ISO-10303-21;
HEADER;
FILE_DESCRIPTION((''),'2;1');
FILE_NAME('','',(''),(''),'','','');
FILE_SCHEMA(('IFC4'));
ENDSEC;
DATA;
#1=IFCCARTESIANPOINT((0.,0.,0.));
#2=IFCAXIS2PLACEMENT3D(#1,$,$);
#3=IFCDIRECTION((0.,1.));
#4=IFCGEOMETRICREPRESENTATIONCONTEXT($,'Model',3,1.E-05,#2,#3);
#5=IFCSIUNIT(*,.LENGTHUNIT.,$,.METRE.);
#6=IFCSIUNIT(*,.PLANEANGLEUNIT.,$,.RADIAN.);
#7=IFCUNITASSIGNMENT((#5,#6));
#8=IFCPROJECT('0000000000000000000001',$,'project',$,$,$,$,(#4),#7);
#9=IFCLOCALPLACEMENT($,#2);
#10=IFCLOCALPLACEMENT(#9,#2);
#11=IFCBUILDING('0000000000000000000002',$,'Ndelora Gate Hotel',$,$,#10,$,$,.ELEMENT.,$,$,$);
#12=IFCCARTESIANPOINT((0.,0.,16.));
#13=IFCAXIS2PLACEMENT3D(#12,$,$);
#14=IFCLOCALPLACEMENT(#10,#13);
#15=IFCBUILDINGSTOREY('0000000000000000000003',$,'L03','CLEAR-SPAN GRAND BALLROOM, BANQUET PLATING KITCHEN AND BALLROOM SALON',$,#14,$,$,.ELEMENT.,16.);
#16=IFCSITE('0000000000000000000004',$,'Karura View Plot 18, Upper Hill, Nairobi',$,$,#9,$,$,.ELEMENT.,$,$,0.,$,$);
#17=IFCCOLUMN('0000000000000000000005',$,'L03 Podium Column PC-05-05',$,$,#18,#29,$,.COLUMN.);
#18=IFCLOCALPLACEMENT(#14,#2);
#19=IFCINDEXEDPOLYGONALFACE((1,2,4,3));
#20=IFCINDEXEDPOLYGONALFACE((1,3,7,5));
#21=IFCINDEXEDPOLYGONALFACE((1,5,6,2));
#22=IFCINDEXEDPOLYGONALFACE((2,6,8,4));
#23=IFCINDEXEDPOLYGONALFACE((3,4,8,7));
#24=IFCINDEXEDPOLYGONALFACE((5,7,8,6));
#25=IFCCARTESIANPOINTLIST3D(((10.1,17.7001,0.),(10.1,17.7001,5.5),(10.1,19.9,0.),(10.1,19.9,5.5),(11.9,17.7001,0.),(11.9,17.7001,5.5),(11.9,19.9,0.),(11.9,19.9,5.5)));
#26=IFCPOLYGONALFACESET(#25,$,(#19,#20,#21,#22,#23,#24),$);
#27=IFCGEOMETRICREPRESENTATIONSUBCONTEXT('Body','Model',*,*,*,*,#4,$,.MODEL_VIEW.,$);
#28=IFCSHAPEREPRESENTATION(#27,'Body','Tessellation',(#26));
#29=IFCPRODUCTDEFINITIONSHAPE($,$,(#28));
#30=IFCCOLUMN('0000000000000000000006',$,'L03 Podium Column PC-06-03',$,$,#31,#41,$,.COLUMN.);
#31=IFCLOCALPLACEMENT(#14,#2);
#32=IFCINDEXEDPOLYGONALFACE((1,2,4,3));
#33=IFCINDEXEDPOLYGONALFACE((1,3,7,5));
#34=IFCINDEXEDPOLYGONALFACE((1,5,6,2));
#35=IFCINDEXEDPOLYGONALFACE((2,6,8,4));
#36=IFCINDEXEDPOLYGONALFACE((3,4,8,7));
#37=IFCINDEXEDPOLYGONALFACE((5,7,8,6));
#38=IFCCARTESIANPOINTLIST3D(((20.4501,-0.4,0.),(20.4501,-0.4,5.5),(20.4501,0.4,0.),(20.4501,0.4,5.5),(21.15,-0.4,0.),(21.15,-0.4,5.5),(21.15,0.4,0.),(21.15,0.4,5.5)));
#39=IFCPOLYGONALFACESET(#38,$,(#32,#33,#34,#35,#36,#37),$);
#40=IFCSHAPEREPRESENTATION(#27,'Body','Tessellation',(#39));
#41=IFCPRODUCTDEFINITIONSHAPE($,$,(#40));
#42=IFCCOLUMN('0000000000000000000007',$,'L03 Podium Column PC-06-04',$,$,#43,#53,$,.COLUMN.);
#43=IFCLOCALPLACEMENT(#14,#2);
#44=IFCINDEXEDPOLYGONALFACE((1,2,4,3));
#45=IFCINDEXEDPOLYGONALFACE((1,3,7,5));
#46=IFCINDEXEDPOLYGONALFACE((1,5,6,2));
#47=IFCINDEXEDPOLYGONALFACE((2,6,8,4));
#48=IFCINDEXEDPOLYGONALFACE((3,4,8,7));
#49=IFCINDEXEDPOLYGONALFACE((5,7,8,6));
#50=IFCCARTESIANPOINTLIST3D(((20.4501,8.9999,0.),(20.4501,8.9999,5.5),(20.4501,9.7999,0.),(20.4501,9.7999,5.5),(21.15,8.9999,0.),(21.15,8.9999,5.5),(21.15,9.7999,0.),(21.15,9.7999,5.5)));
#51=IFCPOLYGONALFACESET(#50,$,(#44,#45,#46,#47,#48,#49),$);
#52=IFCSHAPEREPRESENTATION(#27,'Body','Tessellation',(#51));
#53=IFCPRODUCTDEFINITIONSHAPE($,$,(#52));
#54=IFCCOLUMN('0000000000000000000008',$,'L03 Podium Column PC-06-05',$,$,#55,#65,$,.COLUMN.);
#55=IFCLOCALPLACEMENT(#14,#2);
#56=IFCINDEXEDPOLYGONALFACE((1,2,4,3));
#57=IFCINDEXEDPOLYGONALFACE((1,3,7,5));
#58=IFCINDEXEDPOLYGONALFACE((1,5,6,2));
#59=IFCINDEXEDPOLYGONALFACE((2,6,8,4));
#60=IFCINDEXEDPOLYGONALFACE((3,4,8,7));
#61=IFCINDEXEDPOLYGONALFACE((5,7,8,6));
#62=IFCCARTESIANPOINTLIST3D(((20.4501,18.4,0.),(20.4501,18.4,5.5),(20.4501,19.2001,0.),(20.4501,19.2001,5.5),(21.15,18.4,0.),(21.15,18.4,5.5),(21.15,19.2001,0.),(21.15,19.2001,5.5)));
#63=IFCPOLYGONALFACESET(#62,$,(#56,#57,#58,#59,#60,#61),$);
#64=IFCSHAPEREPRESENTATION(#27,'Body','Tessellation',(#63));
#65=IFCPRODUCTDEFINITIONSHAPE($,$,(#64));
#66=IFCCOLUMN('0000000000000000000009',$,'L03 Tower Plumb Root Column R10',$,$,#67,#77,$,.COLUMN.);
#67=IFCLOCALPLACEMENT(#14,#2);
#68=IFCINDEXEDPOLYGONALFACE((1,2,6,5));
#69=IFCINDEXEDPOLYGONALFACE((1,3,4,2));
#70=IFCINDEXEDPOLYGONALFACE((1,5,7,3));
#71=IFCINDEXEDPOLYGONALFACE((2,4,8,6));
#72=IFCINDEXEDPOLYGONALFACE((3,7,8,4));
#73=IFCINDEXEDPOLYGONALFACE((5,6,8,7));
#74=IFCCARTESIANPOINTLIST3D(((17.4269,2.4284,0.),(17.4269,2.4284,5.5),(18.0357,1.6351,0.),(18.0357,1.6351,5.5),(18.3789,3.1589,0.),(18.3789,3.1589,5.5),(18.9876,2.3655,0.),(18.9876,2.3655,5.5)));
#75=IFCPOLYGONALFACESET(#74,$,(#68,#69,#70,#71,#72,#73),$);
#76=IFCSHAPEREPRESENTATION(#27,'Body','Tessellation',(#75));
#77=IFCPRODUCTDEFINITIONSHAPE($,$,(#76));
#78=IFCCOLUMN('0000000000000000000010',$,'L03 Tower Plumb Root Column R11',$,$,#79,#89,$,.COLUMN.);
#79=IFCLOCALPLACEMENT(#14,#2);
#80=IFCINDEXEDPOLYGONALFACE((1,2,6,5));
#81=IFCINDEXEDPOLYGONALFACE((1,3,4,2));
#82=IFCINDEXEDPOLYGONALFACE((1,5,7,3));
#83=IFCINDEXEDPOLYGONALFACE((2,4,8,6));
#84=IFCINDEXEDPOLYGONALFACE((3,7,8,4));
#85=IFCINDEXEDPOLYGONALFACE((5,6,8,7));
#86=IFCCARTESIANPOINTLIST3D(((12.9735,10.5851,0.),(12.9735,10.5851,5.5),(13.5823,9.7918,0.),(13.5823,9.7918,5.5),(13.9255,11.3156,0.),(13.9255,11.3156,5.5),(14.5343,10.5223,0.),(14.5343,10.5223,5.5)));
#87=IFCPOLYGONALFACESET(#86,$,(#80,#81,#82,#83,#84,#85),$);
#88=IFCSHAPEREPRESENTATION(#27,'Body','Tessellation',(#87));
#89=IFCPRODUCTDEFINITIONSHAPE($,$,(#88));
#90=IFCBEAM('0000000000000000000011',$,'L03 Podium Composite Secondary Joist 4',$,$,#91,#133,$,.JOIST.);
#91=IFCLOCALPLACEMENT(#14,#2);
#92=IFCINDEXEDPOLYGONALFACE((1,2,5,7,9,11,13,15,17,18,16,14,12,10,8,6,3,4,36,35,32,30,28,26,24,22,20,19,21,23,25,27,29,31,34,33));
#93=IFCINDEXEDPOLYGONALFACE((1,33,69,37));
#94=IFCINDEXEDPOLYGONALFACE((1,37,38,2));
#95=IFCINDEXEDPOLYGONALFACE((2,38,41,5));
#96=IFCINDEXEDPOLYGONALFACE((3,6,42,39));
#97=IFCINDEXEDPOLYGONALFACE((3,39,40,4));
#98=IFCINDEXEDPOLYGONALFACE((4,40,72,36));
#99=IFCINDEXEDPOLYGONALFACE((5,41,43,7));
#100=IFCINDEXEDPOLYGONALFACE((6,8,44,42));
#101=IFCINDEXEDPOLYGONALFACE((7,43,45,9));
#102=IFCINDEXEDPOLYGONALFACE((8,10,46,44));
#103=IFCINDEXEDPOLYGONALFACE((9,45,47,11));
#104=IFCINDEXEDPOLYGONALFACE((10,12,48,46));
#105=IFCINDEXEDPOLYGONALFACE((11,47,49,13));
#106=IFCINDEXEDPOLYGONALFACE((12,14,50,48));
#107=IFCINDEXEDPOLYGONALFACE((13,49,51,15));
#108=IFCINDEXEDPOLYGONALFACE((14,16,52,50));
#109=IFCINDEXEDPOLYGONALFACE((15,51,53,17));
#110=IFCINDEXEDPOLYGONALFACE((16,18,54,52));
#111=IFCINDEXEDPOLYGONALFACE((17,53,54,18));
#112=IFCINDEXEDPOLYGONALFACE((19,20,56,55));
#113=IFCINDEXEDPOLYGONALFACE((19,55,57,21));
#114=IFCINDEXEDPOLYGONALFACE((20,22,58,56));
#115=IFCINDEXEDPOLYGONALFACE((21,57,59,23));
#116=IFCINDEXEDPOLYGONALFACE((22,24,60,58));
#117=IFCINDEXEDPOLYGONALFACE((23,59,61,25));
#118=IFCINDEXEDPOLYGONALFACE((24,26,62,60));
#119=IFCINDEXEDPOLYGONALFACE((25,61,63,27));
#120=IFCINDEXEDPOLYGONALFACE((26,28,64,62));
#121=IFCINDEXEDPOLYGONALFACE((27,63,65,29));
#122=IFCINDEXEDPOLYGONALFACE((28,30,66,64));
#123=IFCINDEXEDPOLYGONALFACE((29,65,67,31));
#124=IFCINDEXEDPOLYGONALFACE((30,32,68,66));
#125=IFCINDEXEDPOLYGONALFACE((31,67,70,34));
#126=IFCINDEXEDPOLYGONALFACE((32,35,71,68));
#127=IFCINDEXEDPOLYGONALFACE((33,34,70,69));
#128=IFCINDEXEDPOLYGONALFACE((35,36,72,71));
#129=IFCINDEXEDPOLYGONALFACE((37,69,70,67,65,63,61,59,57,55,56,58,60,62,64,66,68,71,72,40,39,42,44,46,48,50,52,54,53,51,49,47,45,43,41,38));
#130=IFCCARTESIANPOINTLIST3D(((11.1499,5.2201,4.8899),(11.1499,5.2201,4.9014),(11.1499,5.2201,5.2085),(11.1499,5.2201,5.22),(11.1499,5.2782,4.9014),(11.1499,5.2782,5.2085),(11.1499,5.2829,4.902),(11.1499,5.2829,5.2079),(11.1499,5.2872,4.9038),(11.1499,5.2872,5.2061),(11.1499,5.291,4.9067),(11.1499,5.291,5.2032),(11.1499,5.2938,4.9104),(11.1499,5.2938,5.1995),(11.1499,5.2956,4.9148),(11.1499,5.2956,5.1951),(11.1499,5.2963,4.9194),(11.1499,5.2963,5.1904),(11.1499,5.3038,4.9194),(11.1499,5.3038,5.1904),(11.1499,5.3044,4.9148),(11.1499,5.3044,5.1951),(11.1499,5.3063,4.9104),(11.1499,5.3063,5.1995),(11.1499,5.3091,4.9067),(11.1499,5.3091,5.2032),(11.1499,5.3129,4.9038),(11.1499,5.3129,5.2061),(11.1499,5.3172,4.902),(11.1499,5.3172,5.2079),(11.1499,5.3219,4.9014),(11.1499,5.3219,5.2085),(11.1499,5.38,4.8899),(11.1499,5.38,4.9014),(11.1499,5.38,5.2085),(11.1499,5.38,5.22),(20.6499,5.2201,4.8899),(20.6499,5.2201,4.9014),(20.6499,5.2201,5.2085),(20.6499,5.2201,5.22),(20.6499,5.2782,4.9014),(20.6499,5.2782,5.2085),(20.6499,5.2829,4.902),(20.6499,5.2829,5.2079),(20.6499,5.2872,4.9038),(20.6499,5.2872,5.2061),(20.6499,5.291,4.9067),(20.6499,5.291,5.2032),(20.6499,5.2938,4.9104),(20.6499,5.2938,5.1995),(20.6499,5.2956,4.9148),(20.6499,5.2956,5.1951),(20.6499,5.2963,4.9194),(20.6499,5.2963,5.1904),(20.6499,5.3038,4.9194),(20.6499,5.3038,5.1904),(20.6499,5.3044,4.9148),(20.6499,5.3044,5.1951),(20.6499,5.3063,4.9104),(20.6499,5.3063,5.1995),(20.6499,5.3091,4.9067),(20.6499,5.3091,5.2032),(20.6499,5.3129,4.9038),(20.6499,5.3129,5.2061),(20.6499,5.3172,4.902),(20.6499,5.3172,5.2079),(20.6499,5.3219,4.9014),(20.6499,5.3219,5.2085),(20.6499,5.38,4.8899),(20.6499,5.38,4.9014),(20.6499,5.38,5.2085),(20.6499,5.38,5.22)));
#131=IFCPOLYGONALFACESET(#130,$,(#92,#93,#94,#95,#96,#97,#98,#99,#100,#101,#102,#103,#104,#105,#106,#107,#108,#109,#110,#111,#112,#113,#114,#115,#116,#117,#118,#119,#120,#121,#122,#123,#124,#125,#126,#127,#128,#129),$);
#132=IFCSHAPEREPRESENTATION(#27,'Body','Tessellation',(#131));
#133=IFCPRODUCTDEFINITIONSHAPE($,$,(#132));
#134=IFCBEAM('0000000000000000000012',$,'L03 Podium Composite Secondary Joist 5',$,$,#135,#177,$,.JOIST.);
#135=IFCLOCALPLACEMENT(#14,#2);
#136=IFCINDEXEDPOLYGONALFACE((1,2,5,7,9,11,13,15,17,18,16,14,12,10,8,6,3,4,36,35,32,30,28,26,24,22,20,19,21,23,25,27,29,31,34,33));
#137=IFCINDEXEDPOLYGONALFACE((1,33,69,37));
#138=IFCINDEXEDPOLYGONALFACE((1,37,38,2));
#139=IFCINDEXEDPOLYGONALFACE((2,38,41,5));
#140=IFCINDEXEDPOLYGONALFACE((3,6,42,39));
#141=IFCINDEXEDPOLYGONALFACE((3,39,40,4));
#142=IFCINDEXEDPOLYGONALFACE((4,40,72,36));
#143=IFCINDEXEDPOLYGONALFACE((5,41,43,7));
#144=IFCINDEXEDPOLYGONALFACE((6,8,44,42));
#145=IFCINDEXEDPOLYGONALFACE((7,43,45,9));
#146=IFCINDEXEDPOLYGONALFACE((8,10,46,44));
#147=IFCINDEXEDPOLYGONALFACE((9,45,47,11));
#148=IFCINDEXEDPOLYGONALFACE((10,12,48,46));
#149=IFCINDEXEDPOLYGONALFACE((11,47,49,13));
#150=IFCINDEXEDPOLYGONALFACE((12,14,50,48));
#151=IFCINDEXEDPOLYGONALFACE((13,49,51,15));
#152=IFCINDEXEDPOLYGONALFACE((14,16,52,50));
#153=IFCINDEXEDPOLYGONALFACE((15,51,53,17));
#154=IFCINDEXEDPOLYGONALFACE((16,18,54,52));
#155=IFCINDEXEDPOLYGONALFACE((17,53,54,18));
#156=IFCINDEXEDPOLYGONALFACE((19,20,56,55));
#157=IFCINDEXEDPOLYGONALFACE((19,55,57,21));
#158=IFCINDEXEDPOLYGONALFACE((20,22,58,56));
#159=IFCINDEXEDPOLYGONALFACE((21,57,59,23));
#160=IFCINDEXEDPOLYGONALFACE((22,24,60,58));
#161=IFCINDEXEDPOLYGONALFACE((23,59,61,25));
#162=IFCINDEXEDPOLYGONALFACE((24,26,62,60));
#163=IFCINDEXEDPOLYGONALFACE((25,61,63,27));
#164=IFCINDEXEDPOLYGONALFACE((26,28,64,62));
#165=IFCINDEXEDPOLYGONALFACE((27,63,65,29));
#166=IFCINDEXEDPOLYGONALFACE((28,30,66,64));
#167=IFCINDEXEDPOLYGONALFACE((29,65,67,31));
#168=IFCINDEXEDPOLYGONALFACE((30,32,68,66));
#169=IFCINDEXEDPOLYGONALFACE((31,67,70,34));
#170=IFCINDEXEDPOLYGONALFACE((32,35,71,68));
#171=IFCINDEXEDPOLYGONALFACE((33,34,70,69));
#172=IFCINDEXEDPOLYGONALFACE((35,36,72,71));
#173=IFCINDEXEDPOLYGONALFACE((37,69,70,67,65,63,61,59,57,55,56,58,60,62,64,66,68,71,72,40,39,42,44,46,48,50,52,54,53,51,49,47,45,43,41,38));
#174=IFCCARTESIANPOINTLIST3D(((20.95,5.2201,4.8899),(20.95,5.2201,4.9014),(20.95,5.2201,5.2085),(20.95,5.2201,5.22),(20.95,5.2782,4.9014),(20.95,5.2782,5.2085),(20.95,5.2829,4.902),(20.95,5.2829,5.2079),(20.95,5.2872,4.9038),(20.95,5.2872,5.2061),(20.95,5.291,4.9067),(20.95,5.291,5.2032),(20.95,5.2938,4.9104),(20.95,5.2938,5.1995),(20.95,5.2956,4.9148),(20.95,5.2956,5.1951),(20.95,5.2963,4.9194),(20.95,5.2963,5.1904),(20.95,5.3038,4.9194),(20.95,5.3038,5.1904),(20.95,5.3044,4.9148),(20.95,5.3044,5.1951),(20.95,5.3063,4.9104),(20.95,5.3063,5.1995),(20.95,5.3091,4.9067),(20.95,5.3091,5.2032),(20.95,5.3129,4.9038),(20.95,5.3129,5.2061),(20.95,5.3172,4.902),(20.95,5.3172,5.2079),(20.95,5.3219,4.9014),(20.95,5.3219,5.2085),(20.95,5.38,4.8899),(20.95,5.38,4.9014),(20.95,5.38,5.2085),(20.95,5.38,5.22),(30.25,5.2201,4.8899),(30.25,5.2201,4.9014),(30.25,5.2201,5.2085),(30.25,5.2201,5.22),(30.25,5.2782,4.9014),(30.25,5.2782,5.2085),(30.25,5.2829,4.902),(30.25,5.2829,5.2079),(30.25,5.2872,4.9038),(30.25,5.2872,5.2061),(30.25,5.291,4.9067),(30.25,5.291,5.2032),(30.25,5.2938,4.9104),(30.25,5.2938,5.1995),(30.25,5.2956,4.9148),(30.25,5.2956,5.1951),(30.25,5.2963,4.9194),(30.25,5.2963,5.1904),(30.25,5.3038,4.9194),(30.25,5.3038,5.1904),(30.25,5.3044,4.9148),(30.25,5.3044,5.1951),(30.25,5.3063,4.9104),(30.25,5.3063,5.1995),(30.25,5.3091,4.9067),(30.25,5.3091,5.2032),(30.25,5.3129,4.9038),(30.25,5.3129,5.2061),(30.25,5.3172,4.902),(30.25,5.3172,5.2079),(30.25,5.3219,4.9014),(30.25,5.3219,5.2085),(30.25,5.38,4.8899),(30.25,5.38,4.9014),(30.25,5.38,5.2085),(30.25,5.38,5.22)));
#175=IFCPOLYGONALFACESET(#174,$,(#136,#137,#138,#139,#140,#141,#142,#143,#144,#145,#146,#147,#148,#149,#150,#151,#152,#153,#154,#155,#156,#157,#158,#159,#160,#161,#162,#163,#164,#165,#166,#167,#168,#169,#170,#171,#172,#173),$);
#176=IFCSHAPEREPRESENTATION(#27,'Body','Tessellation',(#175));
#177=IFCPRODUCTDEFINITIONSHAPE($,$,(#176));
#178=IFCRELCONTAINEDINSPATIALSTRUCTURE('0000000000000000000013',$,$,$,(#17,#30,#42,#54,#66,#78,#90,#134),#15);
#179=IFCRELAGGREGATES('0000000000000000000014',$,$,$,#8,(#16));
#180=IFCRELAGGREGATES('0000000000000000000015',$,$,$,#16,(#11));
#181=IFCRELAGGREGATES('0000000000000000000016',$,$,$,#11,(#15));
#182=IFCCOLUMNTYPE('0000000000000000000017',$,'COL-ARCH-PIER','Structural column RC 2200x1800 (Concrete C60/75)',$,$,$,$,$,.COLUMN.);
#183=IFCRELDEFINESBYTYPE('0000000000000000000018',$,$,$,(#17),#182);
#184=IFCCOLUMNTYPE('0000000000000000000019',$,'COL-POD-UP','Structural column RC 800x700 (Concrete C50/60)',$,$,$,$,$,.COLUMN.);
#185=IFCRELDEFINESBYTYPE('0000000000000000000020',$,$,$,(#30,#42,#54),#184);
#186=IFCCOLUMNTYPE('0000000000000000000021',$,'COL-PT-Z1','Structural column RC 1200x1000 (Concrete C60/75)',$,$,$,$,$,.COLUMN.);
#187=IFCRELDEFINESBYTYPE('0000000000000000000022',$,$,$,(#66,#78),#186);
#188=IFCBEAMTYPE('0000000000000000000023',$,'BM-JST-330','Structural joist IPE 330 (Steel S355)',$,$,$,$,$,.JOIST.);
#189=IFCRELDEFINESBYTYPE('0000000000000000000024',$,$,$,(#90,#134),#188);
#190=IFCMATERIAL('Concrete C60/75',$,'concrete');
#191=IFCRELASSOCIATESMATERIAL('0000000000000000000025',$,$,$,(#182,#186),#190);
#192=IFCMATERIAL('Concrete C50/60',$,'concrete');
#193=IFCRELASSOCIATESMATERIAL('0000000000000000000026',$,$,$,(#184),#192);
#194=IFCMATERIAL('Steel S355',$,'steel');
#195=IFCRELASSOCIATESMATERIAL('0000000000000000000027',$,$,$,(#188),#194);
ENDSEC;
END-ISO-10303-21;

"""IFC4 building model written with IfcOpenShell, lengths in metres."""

from ifc_helpers import new_model, si_unit, direction, frame, origin, origin_2d, place, context, subcontext, project, spatial, rectangle, i_section, extrude, material, material_profile, profile_set, type_object, element, save


model = new_model("IFC4")

# Units and contexts
model_context = context("Model", 3, precision=1e-05, world=origin(), true_north=direction((0.0, 1.0)))
body_context = subcontext(model_context, "Body", "Model", "MODEL_VIEW")
ifc_project = project(units=[si_unit("LENGTHUNIT", "METRE"), si_unit("PLANEANGLEUNIT", "RADIAN")], contexts=[model_context])

# Site, building, storey
site_placement = place(None, origin())
site = spatial("IfcSite", under=ifc_project, at=site_placement, Name="Karura View Plot 18, Upper Hill, Nairobi", CompositionType="ELEMENT", RefElevation=0.0)
building_placement = place(site_placement, origin())
building = spatial("IfcBuilding", under=site, at=building_placement, Name="Ndelora Gate Hotel", CompositionType="ELEMENT")
storey_placement = place(building_placement, frame((0.0, 0.0, 16.0)))
storey = spatial("IfcBuildingStorey", under=building, at=storey_placement, Name="L03", Description="CLEAR-SPAN GRAND BALLROOM, BANQUET PLATING KITCHEN AND BALLROOM SALON", CompositionType="ELEMENT", Elevation=16.0)

# Columns
ifc_material_1 = material(Name="Concrete C60/75", Category="concrete")
ifc_material_profile_1 = material_profile(ifc_material_1, rectangle(XDim=1.8, YDim=2.2, at=origin_2d()), Name="RC 2200x1800")
ifc_profile_set_1 = profile_set([ifc_material_profile_1], Name="Concrete C60/75")
column_type_1 = type_object("IfcColumnType", Name="COL-ARCH-PIER", Description="Structural column RC 2200x1800 (Concrete C60/75)", PredefinedType="COLUMN", material=ifc_profile_set_1)
column_placement = place(storey_placement, frame((11.0, 18.8, 0.0), z_axis=(0.0, 0.0, 1.0), x_axis=(1.0, 0.0, 0.0)))
element("IfcColumn", 1, at=column_placement, inside=storey, type_object=column_type_1, Name="L03 Podium Column PC-05-05", PredefinedType="COLUMN", context=body_context, shape_type="SweptSolid", body=[
    extrude(rectangle(XDim=1.8, YDim=2.2, at=origin_2d()), origin(), (0.0, 0.0, 1.0), 5.5),
])
ifc_material_2 = material(Name="Concrete C50/60", Category="concrete")
ifc_material_profile_2 = material_profile(ifc_material_2, rectangle(XDim=0.7, YDim=0.8, at=origin_2d()), Name="RC 800x700")
ifc_profile_set_2 = profile_set([ifc_material_profile_2], Name="Concrete C50/60")
column_type_2 = type_object("IfcColumnType", Name="COL-POD-UP", Description="Structural column RC 800x700 (Concrete C50/60)", PredefinedType="COLUMN", material=ifc_profile_set_2)
for number, where, z_axis, x_axis, name in (
    (2, (20.8, 0.0, 0.0), (0.0, 0.0, 1.0), (1.0, 0.0, 0.0), "L03 Podium Column PC-06-03"),
    (3, (20.8, 9.3999, 0.0), (0.0, 0.0, 1.0), (1.0, 0.0, 0.0), "L03 Podium Column PC-06-04"),
    (4, (20.8, 18.8, 0.0), (0.0, 0.0, 1.0), (1.0, 0.0, 0.0), "L03 Podium Column PC-06-05"),
):
    element("IfcColumn", number, at=place(storey_placement, frame(where, z_axis=z_axis, x_axis=x_axis)), inside=storey, type_object=column_type_2, Name=name, PredefinedType="COLUMN", context=body_context, shape_type="SweptSolid", body=[
        extrude(rectangle(XDim=0.7, YDim=0.8, at=origin_2d()), origin(), (0.0, 0.0, 1.0), 5.5),
    ])
ifc_material_profile_3 = material_profile(ifc_material_1, rectangle(XDim=1.0, YDim=1.2, at=origin_2d()), Name="RC 1200x1000")
ifc_profile_set_3 = profile_set([ifc_material_profile_3], Name="Concrete C60/75")
column_type_3 = type_object("IfcColumnType", Name="COL-PT-Z1", Description="Structural column RC 1200x1000 (Concrete C60/75)", PredefinedType="COLUMN", material=ifc_profile_set_3)
for number, where, z_axis, x_axis, name in (
    (5, (18.2073, 2.397, 0.0), (0.0, 0.0, 1.0), (-0.608761, 0.793353, 0.0), "L03 Tower Plumb Root Column R10"),
    (6, (13.7539, 10.5537, 0.0), (0.0, 0.0, 1.0), (-0.608761, 0.793353, 0.0), "L03 Tower Plumb Root Column R11"),
):
    element("IfcColumn", number, at=place(storey_placement, frame(where, z_axis=z_axis, x_axis=x_axis)), inside=storey, type_object=column_type_3, Name=name, PredefinedType="COLUMN", context=body_context, shape_type="SweptSolid", body=[
        extrude(rectangle(XDim=1.0, YDim=1.2, at=origin_2d()), origin(), (0.0, 0.0, 1.0), 5.5),
    ])

# Beams
ifc_material_3 = material(Name="Steel S355", Category="steel")
ifc_material_profile_4 = material_profile(ifc_material_3, i_section(OverallWidth=0.1599, OverallDepth=0.3301, WebThickness=0.0076, FlangeThickness=0.0115, FilletRadius=0.0181, at=origin_2d()), Name="IPE 330")
ifc_profile_set_4 = profile_set([ifc_material_profile_4], Name="Steel S355")
beam_type_1 = type_object("IfcBeamType", Name="BM-JST-330", Description="Structural joist IPE 330 (Steel S355)", PredefinedType="JOIST", material=ifc_profile_set_4)
beam_1_placement = place(storey_placement, frame((11.1499, 5.3, 5.0549), z_axis=(1.0, 0.0, 0.0), x_axis=(0.0, 1.0, 0.0)))
element("IfcBeam", 7, at=beam_1_placement, inside=storey, type_object=beam_type_1, Name="L03 Podium Composite Secondary Joist 4", PredefinedType="JOIST", context=body_context, shape_type="SweptSolid", body=[
    extrude(i_section(OverallWidth=0.1599, OverallDepth=0.3301, WebThickness=0.0076, FlangeThickness=0.0115, FilletRadius=0.0181, at=origin_2d()), origin(), (0.0, 0.0, 1.0), 9.5),
])
beam_2_placement = place(storey_placement, frame((20.95, 5.3, 5.0549), z_axis=(1.0, 0.0, 0.0), x_axis=(0.0, 1.0, 0.0)))
element("IfcBeam", 8, at=beam_2_placement, inside=storey, type_object=beam_type_1, Name="L03 Podium Composite Secondary Joist 5", PredefinedType="JOIST", context=body_context, shape_type="SweptSolid", body=[
    extrude(i_section(OverallWidth=0.1599, OverallDepth=0.3301, WebThickness=0.0076, FlangeThickness=0.0115, FilletRadius=0.0181, at=origin_2d()), origin(), (0.0, 0.0, 1.0), 9.3),
])

save(model, "model.ifc")
